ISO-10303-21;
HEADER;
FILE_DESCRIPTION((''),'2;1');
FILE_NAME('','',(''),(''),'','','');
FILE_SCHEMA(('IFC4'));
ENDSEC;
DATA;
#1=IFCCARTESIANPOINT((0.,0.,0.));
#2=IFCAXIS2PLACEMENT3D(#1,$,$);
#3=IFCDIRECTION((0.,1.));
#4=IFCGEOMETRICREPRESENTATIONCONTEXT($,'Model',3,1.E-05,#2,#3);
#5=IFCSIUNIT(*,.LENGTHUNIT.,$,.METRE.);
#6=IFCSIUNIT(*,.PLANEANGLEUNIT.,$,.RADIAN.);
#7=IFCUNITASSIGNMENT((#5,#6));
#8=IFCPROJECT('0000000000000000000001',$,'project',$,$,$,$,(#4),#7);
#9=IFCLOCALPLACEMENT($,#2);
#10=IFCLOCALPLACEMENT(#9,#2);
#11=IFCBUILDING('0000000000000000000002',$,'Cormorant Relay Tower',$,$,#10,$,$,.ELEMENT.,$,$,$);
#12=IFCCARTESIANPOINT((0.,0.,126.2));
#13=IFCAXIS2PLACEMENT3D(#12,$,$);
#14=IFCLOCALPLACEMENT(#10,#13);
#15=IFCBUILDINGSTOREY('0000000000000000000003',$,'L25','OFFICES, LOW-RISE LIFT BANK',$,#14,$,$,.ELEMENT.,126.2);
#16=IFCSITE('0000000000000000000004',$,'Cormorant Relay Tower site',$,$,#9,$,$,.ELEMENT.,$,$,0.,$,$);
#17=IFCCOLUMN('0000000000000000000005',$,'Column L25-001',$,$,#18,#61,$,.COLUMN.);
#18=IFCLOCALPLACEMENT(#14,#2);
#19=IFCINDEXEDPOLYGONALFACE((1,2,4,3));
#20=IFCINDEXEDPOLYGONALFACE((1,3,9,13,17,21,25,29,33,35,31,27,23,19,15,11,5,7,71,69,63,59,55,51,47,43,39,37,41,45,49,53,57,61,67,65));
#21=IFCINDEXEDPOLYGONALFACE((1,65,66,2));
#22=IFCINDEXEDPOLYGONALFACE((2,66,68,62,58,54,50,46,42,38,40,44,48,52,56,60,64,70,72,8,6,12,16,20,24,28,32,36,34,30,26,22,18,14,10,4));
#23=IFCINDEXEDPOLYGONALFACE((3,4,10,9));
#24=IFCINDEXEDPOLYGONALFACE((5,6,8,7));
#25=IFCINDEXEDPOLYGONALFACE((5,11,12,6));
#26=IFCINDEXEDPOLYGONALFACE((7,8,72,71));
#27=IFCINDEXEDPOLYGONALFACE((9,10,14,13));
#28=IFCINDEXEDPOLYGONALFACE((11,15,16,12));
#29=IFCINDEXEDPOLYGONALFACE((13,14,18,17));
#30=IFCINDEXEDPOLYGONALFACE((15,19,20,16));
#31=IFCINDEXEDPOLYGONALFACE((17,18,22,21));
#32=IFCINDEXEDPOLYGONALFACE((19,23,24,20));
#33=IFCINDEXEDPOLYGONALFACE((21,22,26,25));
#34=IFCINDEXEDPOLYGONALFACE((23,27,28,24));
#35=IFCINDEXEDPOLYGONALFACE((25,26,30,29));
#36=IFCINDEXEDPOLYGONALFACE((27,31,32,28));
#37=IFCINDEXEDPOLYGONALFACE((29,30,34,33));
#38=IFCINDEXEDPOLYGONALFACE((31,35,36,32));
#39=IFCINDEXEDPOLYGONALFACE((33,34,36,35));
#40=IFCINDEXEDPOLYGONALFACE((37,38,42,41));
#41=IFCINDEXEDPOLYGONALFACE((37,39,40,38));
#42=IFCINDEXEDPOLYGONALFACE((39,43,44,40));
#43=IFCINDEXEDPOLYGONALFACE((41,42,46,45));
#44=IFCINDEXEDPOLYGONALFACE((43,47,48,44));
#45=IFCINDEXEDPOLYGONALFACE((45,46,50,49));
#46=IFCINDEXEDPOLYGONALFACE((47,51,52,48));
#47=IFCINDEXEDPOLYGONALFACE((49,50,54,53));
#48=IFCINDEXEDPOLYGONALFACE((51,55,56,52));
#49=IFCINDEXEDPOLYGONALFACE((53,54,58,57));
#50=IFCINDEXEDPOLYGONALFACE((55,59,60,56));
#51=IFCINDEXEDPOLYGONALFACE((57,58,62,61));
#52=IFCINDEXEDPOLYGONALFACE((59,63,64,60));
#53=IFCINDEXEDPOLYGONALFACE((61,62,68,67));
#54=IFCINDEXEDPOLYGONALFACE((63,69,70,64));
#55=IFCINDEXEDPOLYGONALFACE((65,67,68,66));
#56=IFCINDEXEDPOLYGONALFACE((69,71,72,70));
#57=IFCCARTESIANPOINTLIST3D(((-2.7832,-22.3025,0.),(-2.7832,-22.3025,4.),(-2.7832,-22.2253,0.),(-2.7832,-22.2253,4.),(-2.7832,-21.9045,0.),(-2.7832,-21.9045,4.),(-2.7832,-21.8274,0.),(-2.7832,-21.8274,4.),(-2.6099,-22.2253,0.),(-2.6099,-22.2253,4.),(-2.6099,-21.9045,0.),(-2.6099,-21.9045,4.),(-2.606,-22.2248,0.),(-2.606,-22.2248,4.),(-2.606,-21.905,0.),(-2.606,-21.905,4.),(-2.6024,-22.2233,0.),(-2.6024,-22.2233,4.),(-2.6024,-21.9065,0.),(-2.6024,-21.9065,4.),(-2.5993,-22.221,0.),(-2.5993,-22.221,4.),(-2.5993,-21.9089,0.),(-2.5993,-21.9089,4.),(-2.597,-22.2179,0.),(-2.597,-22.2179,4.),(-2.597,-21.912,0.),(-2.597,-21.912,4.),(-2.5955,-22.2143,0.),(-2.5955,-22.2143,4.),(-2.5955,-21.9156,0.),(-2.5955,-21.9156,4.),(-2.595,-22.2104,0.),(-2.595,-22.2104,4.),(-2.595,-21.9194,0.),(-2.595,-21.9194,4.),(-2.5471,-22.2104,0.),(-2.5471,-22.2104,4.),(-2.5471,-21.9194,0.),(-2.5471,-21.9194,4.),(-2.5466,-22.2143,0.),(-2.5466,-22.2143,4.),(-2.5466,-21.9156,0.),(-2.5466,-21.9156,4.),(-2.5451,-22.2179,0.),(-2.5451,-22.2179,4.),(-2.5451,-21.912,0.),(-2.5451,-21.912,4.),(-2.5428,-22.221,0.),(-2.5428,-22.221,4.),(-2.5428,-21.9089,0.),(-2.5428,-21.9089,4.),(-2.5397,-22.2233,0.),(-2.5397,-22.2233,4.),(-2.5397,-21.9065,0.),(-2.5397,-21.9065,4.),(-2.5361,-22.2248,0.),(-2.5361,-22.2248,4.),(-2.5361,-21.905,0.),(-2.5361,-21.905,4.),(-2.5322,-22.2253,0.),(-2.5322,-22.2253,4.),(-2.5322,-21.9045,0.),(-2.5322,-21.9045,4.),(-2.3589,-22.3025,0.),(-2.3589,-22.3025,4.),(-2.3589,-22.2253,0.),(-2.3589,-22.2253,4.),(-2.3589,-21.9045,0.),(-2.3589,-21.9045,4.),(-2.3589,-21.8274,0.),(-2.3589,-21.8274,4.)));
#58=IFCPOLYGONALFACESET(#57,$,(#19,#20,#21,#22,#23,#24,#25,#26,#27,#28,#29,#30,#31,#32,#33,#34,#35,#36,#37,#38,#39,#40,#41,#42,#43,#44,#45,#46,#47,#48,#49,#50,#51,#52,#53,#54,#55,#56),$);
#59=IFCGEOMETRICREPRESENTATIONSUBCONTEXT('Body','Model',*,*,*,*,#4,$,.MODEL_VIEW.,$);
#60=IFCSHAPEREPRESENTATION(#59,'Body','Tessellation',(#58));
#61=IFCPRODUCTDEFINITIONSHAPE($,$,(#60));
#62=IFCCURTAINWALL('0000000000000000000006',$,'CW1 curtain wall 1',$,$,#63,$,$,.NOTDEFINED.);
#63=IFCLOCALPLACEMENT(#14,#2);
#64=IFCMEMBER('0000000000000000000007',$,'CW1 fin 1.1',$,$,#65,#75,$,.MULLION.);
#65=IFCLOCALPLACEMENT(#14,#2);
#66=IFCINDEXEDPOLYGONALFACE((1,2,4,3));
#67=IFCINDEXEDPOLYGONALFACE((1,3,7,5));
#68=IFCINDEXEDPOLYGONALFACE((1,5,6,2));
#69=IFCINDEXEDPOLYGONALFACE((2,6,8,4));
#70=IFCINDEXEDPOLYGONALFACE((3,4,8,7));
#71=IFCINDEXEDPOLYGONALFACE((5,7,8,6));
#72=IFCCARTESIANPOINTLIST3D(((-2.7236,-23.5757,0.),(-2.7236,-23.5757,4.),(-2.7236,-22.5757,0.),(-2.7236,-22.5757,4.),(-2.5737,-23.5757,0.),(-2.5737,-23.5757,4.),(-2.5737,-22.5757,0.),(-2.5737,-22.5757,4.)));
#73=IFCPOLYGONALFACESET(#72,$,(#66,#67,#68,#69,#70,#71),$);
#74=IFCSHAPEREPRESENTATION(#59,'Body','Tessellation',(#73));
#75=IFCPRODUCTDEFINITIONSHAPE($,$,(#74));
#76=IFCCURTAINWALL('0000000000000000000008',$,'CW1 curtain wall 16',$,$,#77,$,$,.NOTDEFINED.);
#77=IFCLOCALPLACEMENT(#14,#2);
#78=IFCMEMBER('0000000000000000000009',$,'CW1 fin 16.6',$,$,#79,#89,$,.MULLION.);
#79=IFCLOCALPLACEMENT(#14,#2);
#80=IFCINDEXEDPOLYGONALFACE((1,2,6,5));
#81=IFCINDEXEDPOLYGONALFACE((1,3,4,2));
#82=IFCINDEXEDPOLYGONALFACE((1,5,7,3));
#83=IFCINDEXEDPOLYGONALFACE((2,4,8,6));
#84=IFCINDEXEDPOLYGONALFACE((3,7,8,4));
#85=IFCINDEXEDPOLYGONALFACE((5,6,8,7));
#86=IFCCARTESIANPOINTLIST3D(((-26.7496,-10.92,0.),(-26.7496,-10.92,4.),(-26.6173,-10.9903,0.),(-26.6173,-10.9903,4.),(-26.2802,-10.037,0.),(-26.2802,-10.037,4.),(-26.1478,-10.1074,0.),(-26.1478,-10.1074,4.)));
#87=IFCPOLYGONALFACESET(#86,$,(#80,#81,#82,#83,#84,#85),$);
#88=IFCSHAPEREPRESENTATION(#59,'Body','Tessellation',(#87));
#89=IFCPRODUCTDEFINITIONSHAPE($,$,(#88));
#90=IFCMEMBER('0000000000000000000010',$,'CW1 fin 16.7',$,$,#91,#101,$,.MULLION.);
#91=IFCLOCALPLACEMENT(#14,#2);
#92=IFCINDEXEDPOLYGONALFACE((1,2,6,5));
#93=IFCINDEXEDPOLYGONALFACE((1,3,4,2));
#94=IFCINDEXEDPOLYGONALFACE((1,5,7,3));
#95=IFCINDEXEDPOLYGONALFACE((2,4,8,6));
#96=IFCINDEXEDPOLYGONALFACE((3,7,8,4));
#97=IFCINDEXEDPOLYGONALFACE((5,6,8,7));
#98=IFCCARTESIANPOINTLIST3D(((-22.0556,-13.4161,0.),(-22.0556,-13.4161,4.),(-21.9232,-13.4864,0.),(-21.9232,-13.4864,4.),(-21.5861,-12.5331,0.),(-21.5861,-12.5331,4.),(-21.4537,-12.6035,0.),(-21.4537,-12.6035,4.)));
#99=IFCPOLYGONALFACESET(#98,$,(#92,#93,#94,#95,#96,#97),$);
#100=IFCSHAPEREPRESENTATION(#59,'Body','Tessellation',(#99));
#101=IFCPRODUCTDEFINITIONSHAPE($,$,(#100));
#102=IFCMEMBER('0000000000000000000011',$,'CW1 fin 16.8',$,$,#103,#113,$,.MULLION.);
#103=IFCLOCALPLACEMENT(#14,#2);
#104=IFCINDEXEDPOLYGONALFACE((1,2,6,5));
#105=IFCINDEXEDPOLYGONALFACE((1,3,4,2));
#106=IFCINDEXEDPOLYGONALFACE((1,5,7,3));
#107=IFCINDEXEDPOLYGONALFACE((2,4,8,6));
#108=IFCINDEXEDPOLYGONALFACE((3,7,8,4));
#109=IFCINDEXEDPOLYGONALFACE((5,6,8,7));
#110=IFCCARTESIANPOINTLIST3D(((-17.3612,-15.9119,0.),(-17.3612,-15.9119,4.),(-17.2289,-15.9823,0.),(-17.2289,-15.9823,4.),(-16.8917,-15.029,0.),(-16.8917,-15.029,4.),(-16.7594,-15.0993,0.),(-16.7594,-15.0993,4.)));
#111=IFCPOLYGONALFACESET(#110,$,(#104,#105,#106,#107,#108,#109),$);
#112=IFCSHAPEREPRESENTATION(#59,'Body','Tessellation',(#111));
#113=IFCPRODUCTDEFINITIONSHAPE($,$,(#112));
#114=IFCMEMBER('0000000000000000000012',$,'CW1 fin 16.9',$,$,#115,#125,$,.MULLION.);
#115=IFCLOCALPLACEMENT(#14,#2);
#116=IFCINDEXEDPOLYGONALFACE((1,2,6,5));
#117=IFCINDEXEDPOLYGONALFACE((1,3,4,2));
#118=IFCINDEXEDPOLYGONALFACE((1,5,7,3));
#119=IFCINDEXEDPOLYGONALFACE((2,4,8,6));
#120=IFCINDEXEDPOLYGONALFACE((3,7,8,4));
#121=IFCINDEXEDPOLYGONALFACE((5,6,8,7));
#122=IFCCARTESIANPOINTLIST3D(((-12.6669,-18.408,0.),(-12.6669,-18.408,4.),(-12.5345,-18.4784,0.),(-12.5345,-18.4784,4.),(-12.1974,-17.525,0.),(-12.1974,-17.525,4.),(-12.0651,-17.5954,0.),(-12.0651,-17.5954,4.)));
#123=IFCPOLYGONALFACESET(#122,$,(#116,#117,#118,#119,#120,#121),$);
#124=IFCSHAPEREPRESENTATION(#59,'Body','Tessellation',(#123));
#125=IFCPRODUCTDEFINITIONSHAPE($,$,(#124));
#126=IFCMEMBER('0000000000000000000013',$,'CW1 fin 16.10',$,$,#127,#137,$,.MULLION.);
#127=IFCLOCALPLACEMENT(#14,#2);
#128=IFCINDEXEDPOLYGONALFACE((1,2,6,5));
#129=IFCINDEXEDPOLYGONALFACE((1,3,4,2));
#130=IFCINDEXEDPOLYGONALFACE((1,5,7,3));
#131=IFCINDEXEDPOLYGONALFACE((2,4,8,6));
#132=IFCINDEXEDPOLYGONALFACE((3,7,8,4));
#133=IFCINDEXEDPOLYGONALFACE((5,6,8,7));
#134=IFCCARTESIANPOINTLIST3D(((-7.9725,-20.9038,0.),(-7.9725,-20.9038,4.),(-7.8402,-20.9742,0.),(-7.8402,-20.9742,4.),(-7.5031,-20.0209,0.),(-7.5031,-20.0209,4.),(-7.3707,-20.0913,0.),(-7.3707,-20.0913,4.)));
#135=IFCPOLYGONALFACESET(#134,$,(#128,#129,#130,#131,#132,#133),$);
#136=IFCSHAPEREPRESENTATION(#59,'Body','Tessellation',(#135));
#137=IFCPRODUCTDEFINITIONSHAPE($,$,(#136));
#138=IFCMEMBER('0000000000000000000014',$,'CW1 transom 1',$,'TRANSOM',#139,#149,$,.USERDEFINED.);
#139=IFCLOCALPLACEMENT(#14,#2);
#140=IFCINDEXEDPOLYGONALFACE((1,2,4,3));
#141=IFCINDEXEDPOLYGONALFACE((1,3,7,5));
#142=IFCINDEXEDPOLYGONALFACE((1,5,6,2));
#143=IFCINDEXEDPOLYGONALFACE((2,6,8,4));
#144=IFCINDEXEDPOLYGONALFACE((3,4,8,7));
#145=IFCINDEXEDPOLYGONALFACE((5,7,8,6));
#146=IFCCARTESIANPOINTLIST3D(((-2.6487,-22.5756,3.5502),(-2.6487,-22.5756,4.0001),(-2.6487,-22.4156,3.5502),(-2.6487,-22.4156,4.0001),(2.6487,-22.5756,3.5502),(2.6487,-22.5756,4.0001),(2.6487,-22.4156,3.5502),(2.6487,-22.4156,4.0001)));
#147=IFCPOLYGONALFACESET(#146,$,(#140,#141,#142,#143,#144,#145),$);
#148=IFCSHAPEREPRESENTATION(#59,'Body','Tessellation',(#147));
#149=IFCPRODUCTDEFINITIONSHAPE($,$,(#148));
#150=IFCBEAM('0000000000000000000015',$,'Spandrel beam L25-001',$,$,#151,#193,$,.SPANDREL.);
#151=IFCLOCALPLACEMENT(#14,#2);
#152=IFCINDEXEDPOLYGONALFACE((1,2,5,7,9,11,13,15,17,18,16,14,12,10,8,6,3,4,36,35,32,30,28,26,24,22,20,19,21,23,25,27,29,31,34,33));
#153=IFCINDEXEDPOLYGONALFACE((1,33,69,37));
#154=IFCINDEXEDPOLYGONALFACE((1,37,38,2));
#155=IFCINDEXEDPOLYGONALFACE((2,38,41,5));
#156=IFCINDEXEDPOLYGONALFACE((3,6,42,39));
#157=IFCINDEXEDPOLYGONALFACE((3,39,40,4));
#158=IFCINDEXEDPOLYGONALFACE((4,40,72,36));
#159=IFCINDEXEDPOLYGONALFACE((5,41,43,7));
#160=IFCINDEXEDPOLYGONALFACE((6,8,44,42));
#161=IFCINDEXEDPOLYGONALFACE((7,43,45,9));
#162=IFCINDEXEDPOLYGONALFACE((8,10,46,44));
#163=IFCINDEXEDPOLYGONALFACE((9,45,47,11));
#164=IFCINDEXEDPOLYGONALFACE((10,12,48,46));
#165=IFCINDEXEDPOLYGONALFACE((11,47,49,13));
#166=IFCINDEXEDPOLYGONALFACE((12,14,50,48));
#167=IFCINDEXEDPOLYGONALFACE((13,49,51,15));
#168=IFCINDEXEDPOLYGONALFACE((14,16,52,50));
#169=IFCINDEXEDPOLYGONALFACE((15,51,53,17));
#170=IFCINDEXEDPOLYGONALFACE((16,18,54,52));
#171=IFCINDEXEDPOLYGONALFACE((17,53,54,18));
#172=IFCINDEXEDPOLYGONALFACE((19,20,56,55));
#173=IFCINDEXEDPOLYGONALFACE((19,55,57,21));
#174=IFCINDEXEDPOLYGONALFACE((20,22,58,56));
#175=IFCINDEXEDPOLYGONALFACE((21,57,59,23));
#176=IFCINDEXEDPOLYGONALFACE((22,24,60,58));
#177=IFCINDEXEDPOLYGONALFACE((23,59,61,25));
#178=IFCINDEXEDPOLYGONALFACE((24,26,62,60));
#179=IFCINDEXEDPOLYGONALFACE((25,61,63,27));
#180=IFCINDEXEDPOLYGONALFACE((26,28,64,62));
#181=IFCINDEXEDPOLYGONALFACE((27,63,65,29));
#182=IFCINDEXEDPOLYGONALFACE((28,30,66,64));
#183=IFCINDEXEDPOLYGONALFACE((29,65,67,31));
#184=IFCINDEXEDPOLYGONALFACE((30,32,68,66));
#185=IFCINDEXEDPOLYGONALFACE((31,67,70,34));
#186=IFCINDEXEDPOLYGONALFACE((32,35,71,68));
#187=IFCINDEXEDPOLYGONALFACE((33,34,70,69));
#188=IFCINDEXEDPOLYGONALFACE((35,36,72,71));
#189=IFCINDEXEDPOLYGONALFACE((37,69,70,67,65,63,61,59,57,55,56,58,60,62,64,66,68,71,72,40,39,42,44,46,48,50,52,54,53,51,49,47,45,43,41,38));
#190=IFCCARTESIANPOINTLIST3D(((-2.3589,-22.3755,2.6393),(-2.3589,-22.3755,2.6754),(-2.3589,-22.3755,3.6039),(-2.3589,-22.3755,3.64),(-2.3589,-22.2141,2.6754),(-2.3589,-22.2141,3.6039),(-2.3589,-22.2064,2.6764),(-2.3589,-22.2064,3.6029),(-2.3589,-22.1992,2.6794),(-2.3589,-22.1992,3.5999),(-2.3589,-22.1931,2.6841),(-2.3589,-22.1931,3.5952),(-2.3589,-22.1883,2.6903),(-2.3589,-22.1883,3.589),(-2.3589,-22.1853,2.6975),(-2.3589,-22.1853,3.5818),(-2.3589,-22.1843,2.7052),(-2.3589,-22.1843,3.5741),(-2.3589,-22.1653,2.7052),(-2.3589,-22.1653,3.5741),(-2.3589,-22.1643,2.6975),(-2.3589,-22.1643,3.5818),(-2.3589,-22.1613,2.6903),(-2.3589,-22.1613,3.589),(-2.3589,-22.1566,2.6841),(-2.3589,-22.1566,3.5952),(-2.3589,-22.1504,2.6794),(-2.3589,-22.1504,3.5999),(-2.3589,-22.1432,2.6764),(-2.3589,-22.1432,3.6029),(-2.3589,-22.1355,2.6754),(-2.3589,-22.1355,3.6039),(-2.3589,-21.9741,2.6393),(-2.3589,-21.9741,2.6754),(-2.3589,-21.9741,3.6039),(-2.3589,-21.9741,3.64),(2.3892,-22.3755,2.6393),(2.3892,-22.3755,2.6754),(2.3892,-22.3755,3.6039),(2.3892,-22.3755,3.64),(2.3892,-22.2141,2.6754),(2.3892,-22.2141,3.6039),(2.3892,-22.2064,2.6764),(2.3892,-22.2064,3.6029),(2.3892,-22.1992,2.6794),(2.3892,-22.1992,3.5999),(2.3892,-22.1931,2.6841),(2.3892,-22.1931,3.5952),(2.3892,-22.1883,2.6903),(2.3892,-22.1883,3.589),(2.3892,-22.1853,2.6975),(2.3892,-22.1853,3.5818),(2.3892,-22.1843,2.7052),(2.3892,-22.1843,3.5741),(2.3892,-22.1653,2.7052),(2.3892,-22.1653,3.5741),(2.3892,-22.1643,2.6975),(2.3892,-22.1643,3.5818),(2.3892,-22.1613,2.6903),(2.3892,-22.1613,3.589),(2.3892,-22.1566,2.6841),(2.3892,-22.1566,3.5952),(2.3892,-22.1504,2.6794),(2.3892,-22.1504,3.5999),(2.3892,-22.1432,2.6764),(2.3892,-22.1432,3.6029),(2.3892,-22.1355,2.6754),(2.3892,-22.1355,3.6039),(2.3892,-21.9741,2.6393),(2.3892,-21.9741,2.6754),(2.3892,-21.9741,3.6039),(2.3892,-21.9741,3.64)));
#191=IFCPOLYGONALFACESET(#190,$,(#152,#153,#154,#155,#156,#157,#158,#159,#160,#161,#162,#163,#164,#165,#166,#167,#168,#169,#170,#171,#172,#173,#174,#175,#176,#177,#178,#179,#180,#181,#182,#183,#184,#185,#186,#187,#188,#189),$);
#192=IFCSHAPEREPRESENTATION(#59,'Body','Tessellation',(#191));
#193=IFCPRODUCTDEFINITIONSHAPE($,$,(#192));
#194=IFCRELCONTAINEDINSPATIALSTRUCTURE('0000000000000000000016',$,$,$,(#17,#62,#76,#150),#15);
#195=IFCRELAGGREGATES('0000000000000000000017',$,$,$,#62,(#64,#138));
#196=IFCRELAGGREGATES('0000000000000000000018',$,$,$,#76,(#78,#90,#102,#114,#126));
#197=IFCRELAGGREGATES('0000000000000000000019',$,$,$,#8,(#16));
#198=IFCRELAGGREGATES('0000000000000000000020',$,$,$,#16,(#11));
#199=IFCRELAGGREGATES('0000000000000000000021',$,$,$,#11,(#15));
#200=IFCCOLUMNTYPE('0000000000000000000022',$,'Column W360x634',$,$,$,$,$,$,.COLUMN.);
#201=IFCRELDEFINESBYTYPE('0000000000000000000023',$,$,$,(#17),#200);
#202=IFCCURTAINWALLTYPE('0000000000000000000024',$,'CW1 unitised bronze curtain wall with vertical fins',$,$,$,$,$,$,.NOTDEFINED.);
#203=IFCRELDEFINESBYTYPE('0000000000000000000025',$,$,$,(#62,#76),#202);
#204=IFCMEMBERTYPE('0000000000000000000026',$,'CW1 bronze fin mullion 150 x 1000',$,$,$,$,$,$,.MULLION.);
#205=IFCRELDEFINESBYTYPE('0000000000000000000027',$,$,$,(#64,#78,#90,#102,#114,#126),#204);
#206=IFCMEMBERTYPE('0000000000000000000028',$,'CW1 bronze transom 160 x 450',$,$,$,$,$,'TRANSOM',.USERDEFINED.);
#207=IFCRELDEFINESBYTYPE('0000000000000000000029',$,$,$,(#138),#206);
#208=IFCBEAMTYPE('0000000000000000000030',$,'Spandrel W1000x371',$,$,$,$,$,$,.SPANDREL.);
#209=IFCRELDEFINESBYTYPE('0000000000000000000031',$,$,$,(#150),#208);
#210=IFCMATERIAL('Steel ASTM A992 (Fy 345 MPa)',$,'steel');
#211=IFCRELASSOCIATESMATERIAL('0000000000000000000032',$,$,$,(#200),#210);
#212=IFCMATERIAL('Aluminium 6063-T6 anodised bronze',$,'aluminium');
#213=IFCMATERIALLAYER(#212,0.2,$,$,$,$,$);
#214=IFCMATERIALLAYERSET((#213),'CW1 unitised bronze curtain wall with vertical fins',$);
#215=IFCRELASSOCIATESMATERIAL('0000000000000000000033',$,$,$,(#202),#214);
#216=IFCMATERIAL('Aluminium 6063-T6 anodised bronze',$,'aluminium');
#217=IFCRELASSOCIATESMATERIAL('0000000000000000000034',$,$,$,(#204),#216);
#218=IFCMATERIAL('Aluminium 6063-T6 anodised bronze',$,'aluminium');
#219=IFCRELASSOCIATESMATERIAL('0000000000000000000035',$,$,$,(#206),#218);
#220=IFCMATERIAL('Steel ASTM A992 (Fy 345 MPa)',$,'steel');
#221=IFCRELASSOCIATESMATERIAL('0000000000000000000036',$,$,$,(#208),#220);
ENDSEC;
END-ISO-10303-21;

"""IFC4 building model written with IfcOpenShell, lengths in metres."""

from ifc_helpers import new_model, si_unit, direction, frame, origin, origin_2d, place, context, subcontext, project, spatial, rectangle, i_section, extrude, material, layer, layer_set, material_profile, profile_set, type_object, element, aggregate, save


model = new_model("IFC4")

# Units and contexts
model_context = context("Model", 3, precision=1e-05, world=origin(), true_north=direction((0.0, 1.0)))
body_context = subcontext(model_context, "Body", "Model", "MODEL_VIEW")
ifc_project = project(units=[si_unit("LENGTHUNIT", "METRE"), si_unit("PLANEANGLEUNIT", "RADIAN")], contexts=[model_context])

# Site, building, storey
site_placement = place(None, origin())
site = spatial("IfcSite", under=ifc_project, at=site_placement, Name="Cormorant Relay Tower site", CompositionType="ELEMENT", RefElevation=0.0)
building_placement = place(site_placement, origin())
building = spatial("IfcBuilding", under=site, at=building_placement, Name="Cormorant Relay Tower", CompositionType="ELEMENT")
storey_placement = place(building_placement, frame((0.0, 0.0, 126.2)))
storey = spatial("IfcBuildingStorey", under=building, at=storey_placement, Name="L25", Description="OFFICES, LOW-RISE LIFT BANK", CompositionType="ELEMENT", Elevation=126.2)

# Column
ifc_material_1 = material(Name="Steel ASTM A992 (Fy 345 MPa)", Category="steel")
ifc_material_profile_1 = material_profile(ifc_material_1, i_section(OverallWidth=0.4243, OverallDepth=0.4751, WebThickness=0.0479, FlangeThickness=0.0771, FilletRadius=0.0149, at=origin_2d()), Name="W360x634")
ifc_profile_set_1 = profile_set([ifc_material_profile_1], Name="Steel ASTM A992 (Fy 345 MPa)")
column_type_1 = type_object("IfcColumnType", Name="Column W360x634", PredefinedType="COLUMN", material=ifc_profile_set_1)
column_1_placement = place(storey_placement, frame((-2.571, -22.0649, 0.0), z_axis=(0.0, 0.0, 1.0), x_axis=(1.0, 0.0, 0.0)))
element("IfcColumn", 1, at=column_1_placement, inside=storey, type_object=column_type_1, Name="Column L25-001", PredefinedType="COLUMN", context=body_context, shape_type="SweptSolid", body=[
    extrude(i_section(OverallWidth=0.4243, OverallDepth=0.4751, WebThickness=0.0479, FlangeThickness=0.0771, FilletRadius=0.0149, at=origin_2d()), origin(), (0.0, 0.0, 1.0), 4.0),
])

# Curtain wall, member
ifc_material_2 = material(Name="Aluminium 6063-T6 anodised bronze", Category="aluminium")
ifc_layer_1 = layer(ifc_material_2, 0.2)
ifc_layer_set_1 = layer_set([ifc_layer_1], Name="CW1 unitised bronze curtain wall with vertical fins")
curtain_wall_type = type_object("IfcCurtainWallType", Name="CW1 unitised bronze curtain wall with vertical fins", PredefinedType="NOTDEFINED", material=ifc_layer_set_1)
curtain_wall_1_placement = place(storey_placement, origin())
curtain_wall_1 = element("IfcCurtainWall", 2, at=curtain_wall_1_placement, inside=storey, type_object=curtain_wall_type, Name="CW1 curtain wall 1", PredefinedType="NOTDEFINED")
ifc_material_3 = material(Name="Aluminium 6063-T6 anodised bronze", Category="aluminium")
ifc_material_profile_2 = material_profile(ifc_material_3, rectangle(XDim=0.1499, YDim=1.0, at=origin_2d()), Name="AL 150x1000")
ifc_profile_set_2 = profile_set([ifc_material_profile_2], Name="Aluminium 6063-T6 anodised bronze")
member_type_1 = type_object("IfcMemberType", Name="CW1 bronze fin mullion 150 x 1000", PredefinedType="MULLION", material=ifc_profile_set_2)
member_1_placement = place(storey_placement, frame((-2.6487, -23.0757, 0.0), z_axis=(0.0, 0.0, 1.0), x_axis=(1.0, 0.0, 0.0)))
member_1 = element("IfcMember", 3, at=member_1_placement, type_object=member_type_1, Name="CW1 fin 1.1", PredefinedType="MULLION", context=body_context, shape_type="SweptSolid", body=[
    extrude(rectangle(XDim=0.1499, YDim=1.0, at=origin_2d()), origin(), (0.0, 0.0, 1.0), 4.0),
])

# Curtain wall, members
curtain_wall_2_placement = place(storey_placement, origin())
curtain_wall_2 = element("IfcCurtainWall", 4, at=curtain_wall_2_placement, inside=storey, type_object=curtain_wall_type, Name="CW1 curtain wall 16", PredefinedType="NOTDEFINED")
member_2_placement = place(storey_placement, frame((-26.4487, -10.5137, 0.0), z_axis=(0.0, 0.0, 1.0), x_axis=(0.882948, -0.469472, 0.0)))
member_2 = element("IfcMember", 5, at=member_2_placement, type_object=member_type_1, Name="CW1 fin 16.6", PredefinedType="MULLION", context=body_context, shape_type="SweptSolid", body=[
    extrude(rectangle(XDim=0.1499, YDim=1.0, at=origin_2d()), origin(), (0.0, 0.0, 1.0), 4.0),
])
member_3_placement = place(storey_placement, frame((-21.7546, -13.0098, 0.0), z_axis=(0.0, 0.0, 1.0), x_axis=(0.882948, -0.469472, 0.0)))
member_3 = element("IfcMember", 6, at=member_3_placement, type_object=member_type_1, Name="CW1 fin 16.7", PredefinedType="MULLION", context=body_context, shape_type="SweptSolid", body=[
    extrude(rectangle(XDim=0.1499, YDim=1.0, at=origin_2d()), origin(), (0.0, 0.0, 1.0), 4.0),
])
member_4_placement = place(storey_placement, frame((-17.0603, -15.5056, 0.0), z_axis=(0.0, 0.0, 1.0), x_axis=(0.882948, -0.469472, 0.0)))
member_4 = element("IfcMember", 7, at=member_4_placement, type_object=member_type_1, Name="CW1 fin 16.8", PredefinedType="MULLION", context=body_context, shape_type="SweptSolid", body=[
    extrude(rectangle(XDim=0.1499, YDim=1.0, at=origin_2d()), origin(), (0.0, 0.0, 1.0), 4.0),
])
member_5_placement = place(storey_placement, frame((-12.366, -18.0017, 0.0), z_axis=(0.0, 0.0, 1.0), x_axis=(0.882948, -0.469472, 0.0)))
member_5 = element("IfcMember", 8, at=member_5_placement, type_object=member_type_1, Name="CW1 fin 16.9", PredefinedType="MULLION", context=body_context, shape_type="SweptSolid", body=[
    extrude(rectangle(XDim=0.1499, YDim=1.0, at=origin_2d()), origin(), (0.0, 0.0, 1.0), 4.0),
])
member_6_placement = place(storey_placement, frame((-7.6716, -20.4976, 0.0), z_axis=(0.0, 0.0, 1.0), x_axis=(0.882948, -0.469472, 0.0)))
member_6 = element("IfcMember", 9, at=member_6_placement, type_object=member_type_1, Name="CW1 fin 16.10", PredefinedType="MULLION", context=body_context, shape_type="SweptSolid", body=[
    extrude(rectangle(XDim=0.1499, YDim=1.0, at=origin_2d()), origin(), (0.0, 0.0, 1.0), 4.0),
])

# Member
ifc_material_4 = material(Name="Aluminium 6063-T6 anodised bronze", Category="aluminium")
ifc_material_profile_3 = material_profile(ifc_material_4, rectangle(XDim=0.1599, YDim=0.45, at=origin_2d()), Name="AL 160x450")
ifc_profile_set_3 = profile_set([ifc_material_profile_3], Name="Aluminium 6063-T6 anodised bronze")
member_type_2 = type_object("IfcMemberType", Name="CW1 bronze transom 160 x 450", ElementType="TRANSOM", PredefinedType="USERDEFINED", material=ifc_profile_set_3)
member_7_placement = place(storey_placement, frame((-2.6487, -22.4956, 3.7751), z_axis=(1.0, 0.0, 0.0), x_axis=(0.0, 1.0, 0.0)))
member_7 = element("IfcMember", 10, at=member_7_placement, type_object=member_type_2, Name="CW1 transom 1", ObjectType="TRANSOM", PredefinedType="USERDEFINED", context=body_context, shape_type="SweptSolid", body=[
    extrude(rectangle(XDim=0.1599, YDim=0.45, at=origin_2d()), origin(), (0.0, 0.0, 1.0), 5.2974),
])
aggregate(curtain_wall_1, [member_1, member_7])

# Beam
ifc_material_5 = material(Name="Steel ASTM A992 (Fy 345 MPa)", Category="steel")
ifc_material_profile_4 = material_profile(ifc_material_5, i_section(OverallWidth=0.4014, OverallDepth=1.0007, WebThickness=0.019, FlangeThickness=0.0361, FilletRadius=0.0298, at=origin_2d()), Name="W1000x371")
ifc_profile_set_4 = profile_set([ifc_material_profile_4], Name="Steel ASTM A992 (Fy 345 MPa)")
beam_type = type_object("IfcBeamType", Name="Spandrel W1000x371", PredefinedType="SPANDREL", material=ifc_profile_set_4)
beam_placement = place(storey_placement, frame((-2.3589, -22.1748, 3.1396), z_axis=(1.0, 0.0, 0.0), x_axis=(0.0, 1.0, 0.0)))
element("IfcBeam", 11, at=beam_placement, inside=storey, type_object=beam_type, Name="Spandrel beam L25-001", PredefinedType="SPANDREL", context=body_context, shape_type="SweptSolid", body=[
    extrude(i_section(OverallWidth=0.4014, OverallDepth=1.0007, WebThickness=0.019, FlangeThickness=0.0361, FilletRadius=0.0298, at=origin_2d()), origin(), (0.0, 0.0, 1.0), 4.748),
])

aggregate(curtain_wall_2, [member_2, member_3, member_4, member_5, member_6])

save(model, "model.ifc")
